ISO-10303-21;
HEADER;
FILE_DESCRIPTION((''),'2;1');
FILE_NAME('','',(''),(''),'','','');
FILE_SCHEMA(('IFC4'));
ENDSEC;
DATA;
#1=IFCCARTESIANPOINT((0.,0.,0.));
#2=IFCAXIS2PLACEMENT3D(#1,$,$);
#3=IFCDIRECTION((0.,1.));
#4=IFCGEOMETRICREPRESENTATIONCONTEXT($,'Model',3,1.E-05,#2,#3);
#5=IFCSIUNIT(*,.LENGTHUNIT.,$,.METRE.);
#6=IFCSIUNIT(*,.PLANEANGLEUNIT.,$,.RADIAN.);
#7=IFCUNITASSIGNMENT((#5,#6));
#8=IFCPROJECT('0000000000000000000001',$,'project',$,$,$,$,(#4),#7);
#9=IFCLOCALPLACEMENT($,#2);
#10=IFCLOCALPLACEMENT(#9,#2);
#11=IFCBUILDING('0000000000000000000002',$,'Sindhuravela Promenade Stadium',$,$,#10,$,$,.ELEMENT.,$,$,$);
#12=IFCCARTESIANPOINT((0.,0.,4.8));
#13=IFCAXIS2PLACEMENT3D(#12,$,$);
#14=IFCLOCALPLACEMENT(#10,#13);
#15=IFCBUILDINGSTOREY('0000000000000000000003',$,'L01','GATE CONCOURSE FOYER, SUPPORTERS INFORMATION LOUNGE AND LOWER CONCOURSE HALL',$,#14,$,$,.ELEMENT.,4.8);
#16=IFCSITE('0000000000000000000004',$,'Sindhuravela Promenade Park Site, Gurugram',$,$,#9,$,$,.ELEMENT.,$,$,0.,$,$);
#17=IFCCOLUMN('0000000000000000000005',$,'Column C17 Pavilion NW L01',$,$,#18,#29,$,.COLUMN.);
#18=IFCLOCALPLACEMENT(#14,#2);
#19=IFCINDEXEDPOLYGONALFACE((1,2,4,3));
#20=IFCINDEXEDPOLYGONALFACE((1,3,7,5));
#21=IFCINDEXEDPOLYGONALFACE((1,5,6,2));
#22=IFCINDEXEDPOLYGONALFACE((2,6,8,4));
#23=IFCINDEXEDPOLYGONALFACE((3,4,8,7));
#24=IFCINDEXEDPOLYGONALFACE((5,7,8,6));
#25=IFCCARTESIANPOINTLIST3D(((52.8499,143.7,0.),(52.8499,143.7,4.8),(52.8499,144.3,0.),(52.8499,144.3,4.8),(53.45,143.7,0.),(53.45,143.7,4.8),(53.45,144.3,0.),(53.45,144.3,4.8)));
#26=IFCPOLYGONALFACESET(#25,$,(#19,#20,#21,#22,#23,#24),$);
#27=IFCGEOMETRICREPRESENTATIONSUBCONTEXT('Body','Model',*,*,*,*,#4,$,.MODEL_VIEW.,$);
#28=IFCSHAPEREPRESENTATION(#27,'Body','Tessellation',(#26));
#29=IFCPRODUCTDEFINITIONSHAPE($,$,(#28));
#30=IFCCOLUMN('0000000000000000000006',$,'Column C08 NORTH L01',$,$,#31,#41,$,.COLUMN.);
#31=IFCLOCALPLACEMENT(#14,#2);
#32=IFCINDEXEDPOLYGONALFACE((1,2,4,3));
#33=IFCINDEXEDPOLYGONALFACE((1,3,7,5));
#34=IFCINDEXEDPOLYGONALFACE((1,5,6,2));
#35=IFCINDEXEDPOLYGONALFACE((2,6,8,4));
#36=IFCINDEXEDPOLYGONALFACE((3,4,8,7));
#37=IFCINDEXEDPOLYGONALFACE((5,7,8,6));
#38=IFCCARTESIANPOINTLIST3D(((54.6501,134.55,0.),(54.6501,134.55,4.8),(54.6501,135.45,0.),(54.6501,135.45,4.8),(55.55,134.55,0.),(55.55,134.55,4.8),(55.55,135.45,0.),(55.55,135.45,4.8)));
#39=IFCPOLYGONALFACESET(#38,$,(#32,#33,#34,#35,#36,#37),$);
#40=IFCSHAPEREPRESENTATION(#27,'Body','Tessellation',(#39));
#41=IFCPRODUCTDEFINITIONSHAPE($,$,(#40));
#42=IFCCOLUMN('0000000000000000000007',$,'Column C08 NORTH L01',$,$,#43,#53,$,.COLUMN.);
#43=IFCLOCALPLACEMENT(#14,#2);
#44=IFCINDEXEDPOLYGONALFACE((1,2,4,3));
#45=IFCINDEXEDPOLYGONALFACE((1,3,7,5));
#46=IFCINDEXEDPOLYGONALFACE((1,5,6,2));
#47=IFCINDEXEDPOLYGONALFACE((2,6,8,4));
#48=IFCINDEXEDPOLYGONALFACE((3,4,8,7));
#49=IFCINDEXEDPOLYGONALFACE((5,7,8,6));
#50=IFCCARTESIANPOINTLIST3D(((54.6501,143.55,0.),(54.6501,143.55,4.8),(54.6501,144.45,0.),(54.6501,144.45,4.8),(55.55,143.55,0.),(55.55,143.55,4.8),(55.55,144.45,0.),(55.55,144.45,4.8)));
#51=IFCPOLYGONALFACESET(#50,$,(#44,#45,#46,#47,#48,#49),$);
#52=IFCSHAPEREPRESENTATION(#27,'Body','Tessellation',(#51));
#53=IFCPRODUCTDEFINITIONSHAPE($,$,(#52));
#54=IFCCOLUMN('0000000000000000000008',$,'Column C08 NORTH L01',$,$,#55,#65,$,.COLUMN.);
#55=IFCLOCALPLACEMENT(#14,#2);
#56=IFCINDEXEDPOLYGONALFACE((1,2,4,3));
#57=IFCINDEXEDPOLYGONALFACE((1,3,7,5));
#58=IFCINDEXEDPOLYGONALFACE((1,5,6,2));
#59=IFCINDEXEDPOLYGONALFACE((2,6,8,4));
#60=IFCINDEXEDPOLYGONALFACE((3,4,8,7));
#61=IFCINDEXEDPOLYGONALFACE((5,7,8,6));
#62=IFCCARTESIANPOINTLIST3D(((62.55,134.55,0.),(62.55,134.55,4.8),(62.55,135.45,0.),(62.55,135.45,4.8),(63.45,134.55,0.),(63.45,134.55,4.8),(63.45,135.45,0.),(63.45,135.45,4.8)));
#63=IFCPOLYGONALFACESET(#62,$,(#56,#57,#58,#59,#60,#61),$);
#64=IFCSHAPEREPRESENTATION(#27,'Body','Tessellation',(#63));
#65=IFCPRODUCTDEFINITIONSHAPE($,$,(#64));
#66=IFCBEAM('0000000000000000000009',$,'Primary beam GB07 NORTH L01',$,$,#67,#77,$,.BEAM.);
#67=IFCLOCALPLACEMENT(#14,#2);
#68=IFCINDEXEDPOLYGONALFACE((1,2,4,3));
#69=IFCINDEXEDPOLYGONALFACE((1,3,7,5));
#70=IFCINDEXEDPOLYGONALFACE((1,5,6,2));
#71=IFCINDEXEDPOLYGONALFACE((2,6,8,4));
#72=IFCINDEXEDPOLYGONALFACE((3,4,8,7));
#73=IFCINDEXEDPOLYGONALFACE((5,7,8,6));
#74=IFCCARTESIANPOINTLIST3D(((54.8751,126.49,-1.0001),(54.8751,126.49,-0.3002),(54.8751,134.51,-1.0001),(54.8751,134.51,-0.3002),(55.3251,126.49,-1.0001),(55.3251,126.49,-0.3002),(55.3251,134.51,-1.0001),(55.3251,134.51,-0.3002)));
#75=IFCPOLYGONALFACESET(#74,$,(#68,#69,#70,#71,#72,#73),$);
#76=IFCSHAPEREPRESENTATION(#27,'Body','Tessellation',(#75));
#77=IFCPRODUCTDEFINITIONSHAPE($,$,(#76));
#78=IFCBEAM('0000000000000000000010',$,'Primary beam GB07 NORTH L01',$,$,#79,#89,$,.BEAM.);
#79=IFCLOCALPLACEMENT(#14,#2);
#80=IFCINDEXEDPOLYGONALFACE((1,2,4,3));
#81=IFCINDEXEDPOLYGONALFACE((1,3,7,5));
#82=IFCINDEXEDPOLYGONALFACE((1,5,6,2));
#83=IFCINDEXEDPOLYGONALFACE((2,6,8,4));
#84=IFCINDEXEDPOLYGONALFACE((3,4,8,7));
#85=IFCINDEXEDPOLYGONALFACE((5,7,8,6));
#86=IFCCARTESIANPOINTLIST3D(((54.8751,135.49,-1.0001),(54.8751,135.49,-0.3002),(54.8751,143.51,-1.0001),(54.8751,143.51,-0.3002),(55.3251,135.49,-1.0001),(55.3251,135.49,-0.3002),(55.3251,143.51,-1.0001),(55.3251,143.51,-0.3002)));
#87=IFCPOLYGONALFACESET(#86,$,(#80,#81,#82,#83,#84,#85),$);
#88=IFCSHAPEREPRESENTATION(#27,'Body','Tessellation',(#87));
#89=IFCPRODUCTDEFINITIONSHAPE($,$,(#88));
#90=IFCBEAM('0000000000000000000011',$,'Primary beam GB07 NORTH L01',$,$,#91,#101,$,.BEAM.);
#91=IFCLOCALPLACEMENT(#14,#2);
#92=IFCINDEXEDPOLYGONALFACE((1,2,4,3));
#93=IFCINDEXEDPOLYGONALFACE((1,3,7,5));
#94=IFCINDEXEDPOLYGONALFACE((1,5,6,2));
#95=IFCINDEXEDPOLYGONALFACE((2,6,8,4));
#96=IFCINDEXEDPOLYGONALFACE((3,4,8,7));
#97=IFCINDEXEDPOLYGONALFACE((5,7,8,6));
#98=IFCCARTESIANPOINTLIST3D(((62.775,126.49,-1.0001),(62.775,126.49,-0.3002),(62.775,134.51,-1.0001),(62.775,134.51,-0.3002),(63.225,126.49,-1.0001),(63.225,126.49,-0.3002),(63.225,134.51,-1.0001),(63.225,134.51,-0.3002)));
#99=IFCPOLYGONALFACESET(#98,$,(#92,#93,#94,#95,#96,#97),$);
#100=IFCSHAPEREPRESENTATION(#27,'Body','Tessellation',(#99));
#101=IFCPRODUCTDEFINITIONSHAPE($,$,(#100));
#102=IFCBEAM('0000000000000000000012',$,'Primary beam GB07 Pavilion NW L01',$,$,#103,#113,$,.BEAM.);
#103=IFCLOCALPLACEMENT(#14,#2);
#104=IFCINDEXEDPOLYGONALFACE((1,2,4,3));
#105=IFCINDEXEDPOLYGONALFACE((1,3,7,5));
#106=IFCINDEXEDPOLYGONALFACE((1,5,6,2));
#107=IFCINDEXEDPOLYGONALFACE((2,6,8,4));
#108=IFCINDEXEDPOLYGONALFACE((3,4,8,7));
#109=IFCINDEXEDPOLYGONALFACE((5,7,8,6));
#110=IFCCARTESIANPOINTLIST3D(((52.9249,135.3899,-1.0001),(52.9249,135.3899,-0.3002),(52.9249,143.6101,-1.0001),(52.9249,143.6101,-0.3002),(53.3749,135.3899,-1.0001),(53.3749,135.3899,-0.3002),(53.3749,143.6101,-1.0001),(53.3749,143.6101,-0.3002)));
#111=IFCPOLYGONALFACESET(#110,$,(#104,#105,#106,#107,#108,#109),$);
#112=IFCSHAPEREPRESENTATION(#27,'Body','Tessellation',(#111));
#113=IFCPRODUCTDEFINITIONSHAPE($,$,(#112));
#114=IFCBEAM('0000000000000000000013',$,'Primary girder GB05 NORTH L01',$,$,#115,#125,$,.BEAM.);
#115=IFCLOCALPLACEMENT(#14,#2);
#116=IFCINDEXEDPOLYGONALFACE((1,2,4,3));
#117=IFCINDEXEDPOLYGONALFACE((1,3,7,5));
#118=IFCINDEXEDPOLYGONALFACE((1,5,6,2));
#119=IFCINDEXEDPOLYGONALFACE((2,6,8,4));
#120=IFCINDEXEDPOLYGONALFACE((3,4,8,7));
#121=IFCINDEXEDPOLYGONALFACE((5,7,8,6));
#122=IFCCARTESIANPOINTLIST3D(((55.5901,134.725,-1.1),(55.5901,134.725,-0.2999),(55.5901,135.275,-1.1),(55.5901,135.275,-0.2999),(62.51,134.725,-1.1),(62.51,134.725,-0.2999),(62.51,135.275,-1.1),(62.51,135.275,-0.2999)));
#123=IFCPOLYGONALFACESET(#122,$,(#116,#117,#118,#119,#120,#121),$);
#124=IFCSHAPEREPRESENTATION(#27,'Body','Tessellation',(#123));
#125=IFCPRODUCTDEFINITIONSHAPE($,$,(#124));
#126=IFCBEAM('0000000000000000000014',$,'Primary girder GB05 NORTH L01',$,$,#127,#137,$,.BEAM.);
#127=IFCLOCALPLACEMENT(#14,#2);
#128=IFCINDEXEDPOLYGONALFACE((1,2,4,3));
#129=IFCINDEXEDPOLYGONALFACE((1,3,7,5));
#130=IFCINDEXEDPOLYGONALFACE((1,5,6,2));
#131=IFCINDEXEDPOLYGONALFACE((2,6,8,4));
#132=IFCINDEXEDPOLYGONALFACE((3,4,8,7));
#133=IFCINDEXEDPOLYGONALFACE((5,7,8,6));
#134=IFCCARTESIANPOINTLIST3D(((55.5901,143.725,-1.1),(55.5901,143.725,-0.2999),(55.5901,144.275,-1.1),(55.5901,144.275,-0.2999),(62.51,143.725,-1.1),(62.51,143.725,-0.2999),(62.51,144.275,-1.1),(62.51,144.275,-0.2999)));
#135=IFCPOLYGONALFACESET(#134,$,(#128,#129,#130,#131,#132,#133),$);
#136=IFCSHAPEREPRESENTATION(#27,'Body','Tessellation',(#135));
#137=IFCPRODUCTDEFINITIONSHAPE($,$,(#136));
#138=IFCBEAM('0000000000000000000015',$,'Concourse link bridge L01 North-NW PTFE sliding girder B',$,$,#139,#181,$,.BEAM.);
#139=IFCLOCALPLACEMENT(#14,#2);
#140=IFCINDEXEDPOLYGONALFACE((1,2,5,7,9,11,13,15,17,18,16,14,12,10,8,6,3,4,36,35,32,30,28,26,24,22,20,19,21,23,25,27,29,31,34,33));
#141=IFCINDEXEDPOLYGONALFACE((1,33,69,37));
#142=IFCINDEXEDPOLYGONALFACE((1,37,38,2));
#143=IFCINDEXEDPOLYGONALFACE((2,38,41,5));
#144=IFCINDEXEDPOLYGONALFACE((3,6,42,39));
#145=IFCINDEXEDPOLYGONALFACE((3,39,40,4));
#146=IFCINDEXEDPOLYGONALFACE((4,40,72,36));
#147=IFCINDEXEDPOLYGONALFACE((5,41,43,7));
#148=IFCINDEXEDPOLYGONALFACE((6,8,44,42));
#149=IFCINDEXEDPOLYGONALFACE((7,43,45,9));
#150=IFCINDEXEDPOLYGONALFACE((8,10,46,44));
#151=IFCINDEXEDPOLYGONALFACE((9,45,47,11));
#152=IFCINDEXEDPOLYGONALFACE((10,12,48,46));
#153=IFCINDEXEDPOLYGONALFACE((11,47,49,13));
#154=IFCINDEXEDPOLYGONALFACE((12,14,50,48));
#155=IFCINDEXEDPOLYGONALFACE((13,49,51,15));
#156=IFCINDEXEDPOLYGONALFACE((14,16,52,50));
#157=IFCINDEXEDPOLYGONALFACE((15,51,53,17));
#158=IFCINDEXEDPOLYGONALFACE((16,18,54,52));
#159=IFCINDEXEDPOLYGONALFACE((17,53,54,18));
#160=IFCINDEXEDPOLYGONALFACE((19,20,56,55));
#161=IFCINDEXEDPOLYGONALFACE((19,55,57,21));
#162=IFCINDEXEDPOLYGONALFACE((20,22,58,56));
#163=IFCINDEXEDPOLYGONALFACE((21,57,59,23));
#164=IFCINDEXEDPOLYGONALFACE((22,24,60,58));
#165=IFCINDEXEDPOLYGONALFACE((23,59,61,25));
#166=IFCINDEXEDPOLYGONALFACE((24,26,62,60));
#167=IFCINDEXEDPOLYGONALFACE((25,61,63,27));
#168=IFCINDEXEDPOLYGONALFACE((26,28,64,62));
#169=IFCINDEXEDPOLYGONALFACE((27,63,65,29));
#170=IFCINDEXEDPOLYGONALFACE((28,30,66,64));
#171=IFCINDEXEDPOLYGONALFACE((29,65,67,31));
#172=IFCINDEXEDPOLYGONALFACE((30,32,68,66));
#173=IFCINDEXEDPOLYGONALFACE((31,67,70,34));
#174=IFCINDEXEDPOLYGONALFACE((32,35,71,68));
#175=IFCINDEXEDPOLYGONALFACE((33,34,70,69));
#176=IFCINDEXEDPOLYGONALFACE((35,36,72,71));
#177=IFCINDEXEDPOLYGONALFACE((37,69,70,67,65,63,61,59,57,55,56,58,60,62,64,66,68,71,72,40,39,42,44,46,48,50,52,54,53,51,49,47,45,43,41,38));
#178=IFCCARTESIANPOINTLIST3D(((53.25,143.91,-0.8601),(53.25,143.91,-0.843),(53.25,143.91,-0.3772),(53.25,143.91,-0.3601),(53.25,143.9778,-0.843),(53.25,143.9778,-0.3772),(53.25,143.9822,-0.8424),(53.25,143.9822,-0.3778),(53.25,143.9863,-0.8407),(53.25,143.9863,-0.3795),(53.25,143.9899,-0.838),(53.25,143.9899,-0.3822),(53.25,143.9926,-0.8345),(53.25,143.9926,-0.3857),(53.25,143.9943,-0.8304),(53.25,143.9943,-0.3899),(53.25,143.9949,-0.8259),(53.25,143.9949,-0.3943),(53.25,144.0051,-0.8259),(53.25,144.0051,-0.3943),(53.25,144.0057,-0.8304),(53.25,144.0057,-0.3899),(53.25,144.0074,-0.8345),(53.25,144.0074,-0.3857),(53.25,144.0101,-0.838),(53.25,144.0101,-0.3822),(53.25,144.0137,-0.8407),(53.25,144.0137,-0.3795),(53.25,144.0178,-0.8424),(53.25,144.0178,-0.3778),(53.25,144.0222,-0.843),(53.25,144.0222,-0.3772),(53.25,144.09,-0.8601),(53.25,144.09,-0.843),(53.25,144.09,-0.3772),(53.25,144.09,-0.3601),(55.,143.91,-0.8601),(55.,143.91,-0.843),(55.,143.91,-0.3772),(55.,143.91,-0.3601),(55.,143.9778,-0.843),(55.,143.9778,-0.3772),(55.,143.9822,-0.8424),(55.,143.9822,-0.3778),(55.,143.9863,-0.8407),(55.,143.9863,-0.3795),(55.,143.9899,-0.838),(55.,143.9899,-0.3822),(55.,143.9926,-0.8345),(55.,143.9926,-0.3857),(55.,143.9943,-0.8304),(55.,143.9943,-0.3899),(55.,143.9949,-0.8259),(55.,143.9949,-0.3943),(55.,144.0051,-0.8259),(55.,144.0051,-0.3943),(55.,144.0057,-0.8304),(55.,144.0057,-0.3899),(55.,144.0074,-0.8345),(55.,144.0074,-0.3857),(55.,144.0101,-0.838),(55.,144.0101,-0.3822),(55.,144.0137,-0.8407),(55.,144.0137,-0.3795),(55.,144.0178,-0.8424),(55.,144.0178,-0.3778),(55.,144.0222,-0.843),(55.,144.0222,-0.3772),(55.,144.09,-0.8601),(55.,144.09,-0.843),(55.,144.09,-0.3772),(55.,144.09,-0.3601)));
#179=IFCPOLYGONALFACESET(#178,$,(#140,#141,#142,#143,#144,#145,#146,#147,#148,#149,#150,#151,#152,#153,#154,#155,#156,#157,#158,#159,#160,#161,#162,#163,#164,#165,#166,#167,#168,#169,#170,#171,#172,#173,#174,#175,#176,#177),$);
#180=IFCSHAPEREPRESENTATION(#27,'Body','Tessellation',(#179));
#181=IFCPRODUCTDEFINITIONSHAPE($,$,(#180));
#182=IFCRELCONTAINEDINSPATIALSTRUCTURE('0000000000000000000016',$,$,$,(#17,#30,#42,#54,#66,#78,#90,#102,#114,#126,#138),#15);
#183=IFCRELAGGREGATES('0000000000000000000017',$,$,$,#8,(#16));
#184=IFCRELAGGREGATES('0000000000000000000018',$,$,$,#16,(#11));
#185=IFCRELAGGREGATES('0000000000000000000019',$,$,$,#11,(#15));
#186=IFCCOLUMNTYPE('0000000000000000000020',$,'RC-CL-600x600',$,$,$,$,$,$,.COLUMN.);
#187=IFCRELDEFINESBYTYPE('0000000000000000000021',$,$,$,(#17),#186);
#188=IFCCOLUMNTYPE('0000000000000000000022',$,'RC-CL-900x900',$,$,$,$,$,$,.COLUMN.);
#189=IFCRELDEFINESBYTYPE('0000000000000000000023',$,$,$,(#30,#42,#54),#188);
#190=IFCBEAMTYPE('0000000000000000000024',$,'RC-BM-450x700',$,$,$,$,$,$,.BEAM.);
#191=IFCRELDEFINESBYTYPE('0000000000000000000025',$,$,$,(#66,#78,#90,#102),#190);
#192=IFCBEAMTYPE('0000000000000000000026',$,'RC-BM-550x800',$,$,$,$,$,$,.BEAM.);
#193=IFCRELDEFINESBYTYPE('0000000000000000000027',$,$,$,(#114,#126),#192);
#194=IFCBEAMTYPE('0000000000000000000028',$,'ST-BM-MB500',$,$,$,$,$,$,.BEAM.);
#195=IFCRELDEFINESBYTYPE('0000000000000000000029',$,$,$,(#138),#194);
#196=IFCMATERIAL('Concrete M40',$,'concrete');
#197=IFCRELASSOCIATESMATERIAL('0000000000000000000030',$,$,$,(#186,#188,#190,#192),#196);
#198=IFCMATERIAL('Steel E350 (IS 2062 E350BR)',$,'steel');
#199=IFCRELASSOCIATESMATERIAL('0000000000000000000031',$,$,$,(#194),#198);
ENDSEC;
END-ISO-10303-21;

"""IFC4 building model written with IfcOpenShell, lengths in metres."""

from ifc_helpers import new_model, si_unit, direction, frame, origin, origin_2d, place, context, subcontext, project, spatial, rectangle, i_section, extrude, material, material_profile, profile_set, type_object, element, save


model = new_model("IFC4")

# Units and contexts
model_context = context("Model", 3, precision=1e-05, world=origin(), true_north=direction((0.0, 1.0)))
body_context = subcontext(model_context, "Body", "Model", "MODEL_VIEW")
ifc_project = project(units=[si_unit("LENGTHUNIT", "METRE"), si_unit("PLANEANGLEUNIT", "RADIAN")], contexts=[model_context])

# Site, building, storey
site_placement = place(None, origin())
site = spatial("IfcSite", under=ifc_project, at=site_placement, Name="Sindhuravela Promenade Park Site, Gurugram", CompositionType="ELEMENT", RefElevation=0.0)
building_placement = place(site_placement, origin())
building = spatial("IfcBuilding", under=site, at=building_placement, Name="Sindhuravela Promenade Stadium", CompositionType="ELEMENT")
storey_placement = place(building_placement, frame((0.0, 0.0, 4.8)))
storey = spatial("IfcBuildingStorey", under=building, at=storey_placement, Name="L01", Description="GATE CONCOURSE FOYER, SUPPORTERS INFORMATION LOUNGE AND LOWER CONCOURSE HALL", CompositionType="ELEMENT", Elevation=4.8)

# Columns
ifc_material_1 = material(Name="Concrete M40", Category="concrete")
ifc_material_profile_1 = material_profile(ifc_material_1, rectangle(XDim=0.6001, YDim=0.6001, at=origin_2d()), Name="RC 600x600")
ifc_profile_set_1 = profile_set([ifc_material_profile_1], Name="Concrete M40")
column_type_1 = type_object("IfcColumnType", Name="RC-CL-600x600", PredefinedType="COLUMN", material=ifc_profile_set_1)
column_placement = place(storey_placement, frame((53.1499, 144.0, 0.0), z_axis=(0.0, 0.0, 1.0), x_axis=(1.0, 0.0, 0.0)))
element("IfcColumn", 1, at=column_placement, inside=storey, type_object=column_type_1, Name="Column C17 Pavilion NW L01", PredefinedType="COLUMN", context=body_context, shape_type="SweptSolid", body=[
    extrude(rectangle(XDim=0.6001, YDim=0.6001, at=origin_2d()), origin(), (0.0, 0.0, 1.0), 4.8),
])
ifc_material_profile_2 = material_profile(ifc_material_1, rectangle(XDim=0.8999, YDim=0.8999, at=origin_2d()), Name="RC 900x900")
ifc_profile_set_2 = profile_set([ifc_material_profile_2], Name="Concrete M40")
column_type_2 = type_object("IfcColumnType", Name="RC-CL-900x900", PredefinedType="COLUMN", material=ifc_profile_set_2)
for number, where, z_axis, x_axis, name in (
    (2, (55.1001, 135.0, 0.0), (0.0, 0.0, 1.0), (1.0, 0.0, 0.0), "Column C08 NORTH L01"),
    (3, (55.1001, 144.0, 0.0), (0.0, 0.0, 1.0), (1.0, 0.0, 0.0), "Column C08 NORTH L01"),
    (4, (63.0, 135.0, 0.0), (0.0, 0.0, 1.0), (1.0, 0.0, 0.0), "Column C08 NORTH L01"),
):
    element("IfcColumn", number, at=place(storey_placement, frame(where, z_axis=z_axis, x_axis=x_axis)), inside=storey, type_object=column_type_2, Name=name, PredefinedType="COLUMN", context=body_context, shape_type="SweptSolid", body=[
        extrude(rectangle(XDim=0.8999, YDim=0.8999, at=origin_2d()), origin(), (0.0, 0.0, 1.0), 4.8),
    ])

# Beams
ifc_material_profile_3 = material_profile(ifc_material_1, rectangle(XDim=0.45, YDim=0.7, at=origin_2d()), Name="RC 450x700")
ifc_profile_set_3 = profile_set([ifc_material_profile_3], Name="Concrete M40")
beam_type_1 = type_object("IfcBeamType", Name="RC-BM-450x700", PredefinedType="BEAM", material=ifc_profile_set_3)
for number, where, z_axis, x_axis, name in (
    (5, (55.1001, 126.49, -0.6501), (0.0, 1.0, 0.0), (-1.0, 0.0, 0.0), "Primary beam GB07 NORTH L01"),
    (6, (55.1001, 135.49, -0.6501), (0.0, 1.0, 0.0), (-1.0, 0.0, 0.0), "Primary beam GB07 NORTH L01"),
    (7, (63.0, 126.49, -0.6501), (0.0, 1.0, 0.0), (-1.0, 0.0, 0.0), "Primary beam GB07 NORTH L01"),
):
    element("IfcBeam", number, at=place(storey_placement, frame(where, z_axis=z_axis, x_axis=x_axis)), inside=storey, type_object=beam_type_1, Name=name, PredefinedType="BEAM", context=body_context, shape_type="SweptSolid", body=[
        extrude(rectangle(XDim=0.45, YDim=0.7, at=origin_2d()), origin(), (0.0, 0.0, 1.0), 8.02),
    ])
beam_1_placement = place(storey_placement, frame((53.1499, 135.3899, -0.6501), z_axis=(0.0, 1.0, 0.0), x_axis=(-1.0, 0.0, 0.0)))
element("IfcBeam", 8, at=beam_1_placement, inside=storey, type_object=beam_type_1, Name="Primary beam GB07 Pavilion NW L01", PredefinedType="BEAM", context=body_context, shape_type="SweptSolid", body=[
    extrude(rectangle(XDim=0.45, YDim=0.7, at=origin_2d()), origin(), (0.0, 0.0, 1.0), 8.2202),
])
ifc_material_profile_4 = material_profile(ifc_material_1, rectangle(XDim=0.55, YDim=0.8, at=origin_2d()), Name="RC 550x800")
ifc_profile_set_4 = profile_set([ifc_material_profile_4], Name="Concrete M40")
beam_type_2 = type_object("IfcBeamType", Name="RC-BM-550x800", PredefinedType="BEAM", material=ifc_profile_set_4)
for number, where, z_axis, x_axis, name in (
    (9, (55.5901, 135.0, -0.7), (1.0, 0.0, 0.0), (0.0, 1.0, 0.0), "Primary girder GB05 NORTH L01"),
    (10, (55.5901, 144.0, -0.7), (1.0, 0.0, 0.0), (0.0, 1.0, 0.0), "Primary girder GB05 NORTH L01"),
):
    element("IfcBeam", number, at=place(storey_placement, frame(where, z_axis=z_axis, x_axis=x_axis)), inside=storey, type_object=beam_type_2, Name=name, PredefinedType="BEAM", context=body_context, shape_type="SweptSolid", body=[
        extrude(rectangle(XDim=0.55, YDim=0.8, at=origin_2d()), origin(), (0.0, 0.0, 1.0), 6.9199),
    ])
ifc_material_2 = material(Name="Steel E350 (IS 2062 E350BR)", Category="steel")
ifc_material_profile_5 = material_profile(ifc_material_2, i_section(OverallWidth=0.1799, OverallDepth=0.5, WebThickness=0.0103, FlangeThickness=0.0171, FilletRadius=0.0171, at=origin_2d()), Name="ISMB 500")
ifc_profile_set_5 = profile_set([ifc_material_profile_5], Name="Steel E350 (IS 2062 E350BR)")
beam_type_3 = type_object("IfcBeamType", Name="ST-BM-MB500", PredefinedType="BEAM", material=ifc_profile_set_5)
beam_2_placement = place(storey_placement, frame((53.25, 144.0, -0.6101), z_axis=(1.0, 0.0, 0.0), x_axis=(0.0, 1.0, 0.0)))
element("IfcBeam", 11, at=beam_2_placement, inside=storey, type_object=beam_type_3, Name="Concourse link bridge L01 North-NW PTFE sliding girder B", PredefinedType="BEAM", context=body_context, shape_type="SweptSolid", body=[
    extrude(i_section(OverallWidth=0.1799, OverallDepth=0.5, WebThickness=0.0103, FlangeThickness=0.0171, FilletRadius=0.0171, at=origin_2d()), origin(), (0.0, 0.0, 1.0), 1.75),
])

save(model, "model.ifc")
